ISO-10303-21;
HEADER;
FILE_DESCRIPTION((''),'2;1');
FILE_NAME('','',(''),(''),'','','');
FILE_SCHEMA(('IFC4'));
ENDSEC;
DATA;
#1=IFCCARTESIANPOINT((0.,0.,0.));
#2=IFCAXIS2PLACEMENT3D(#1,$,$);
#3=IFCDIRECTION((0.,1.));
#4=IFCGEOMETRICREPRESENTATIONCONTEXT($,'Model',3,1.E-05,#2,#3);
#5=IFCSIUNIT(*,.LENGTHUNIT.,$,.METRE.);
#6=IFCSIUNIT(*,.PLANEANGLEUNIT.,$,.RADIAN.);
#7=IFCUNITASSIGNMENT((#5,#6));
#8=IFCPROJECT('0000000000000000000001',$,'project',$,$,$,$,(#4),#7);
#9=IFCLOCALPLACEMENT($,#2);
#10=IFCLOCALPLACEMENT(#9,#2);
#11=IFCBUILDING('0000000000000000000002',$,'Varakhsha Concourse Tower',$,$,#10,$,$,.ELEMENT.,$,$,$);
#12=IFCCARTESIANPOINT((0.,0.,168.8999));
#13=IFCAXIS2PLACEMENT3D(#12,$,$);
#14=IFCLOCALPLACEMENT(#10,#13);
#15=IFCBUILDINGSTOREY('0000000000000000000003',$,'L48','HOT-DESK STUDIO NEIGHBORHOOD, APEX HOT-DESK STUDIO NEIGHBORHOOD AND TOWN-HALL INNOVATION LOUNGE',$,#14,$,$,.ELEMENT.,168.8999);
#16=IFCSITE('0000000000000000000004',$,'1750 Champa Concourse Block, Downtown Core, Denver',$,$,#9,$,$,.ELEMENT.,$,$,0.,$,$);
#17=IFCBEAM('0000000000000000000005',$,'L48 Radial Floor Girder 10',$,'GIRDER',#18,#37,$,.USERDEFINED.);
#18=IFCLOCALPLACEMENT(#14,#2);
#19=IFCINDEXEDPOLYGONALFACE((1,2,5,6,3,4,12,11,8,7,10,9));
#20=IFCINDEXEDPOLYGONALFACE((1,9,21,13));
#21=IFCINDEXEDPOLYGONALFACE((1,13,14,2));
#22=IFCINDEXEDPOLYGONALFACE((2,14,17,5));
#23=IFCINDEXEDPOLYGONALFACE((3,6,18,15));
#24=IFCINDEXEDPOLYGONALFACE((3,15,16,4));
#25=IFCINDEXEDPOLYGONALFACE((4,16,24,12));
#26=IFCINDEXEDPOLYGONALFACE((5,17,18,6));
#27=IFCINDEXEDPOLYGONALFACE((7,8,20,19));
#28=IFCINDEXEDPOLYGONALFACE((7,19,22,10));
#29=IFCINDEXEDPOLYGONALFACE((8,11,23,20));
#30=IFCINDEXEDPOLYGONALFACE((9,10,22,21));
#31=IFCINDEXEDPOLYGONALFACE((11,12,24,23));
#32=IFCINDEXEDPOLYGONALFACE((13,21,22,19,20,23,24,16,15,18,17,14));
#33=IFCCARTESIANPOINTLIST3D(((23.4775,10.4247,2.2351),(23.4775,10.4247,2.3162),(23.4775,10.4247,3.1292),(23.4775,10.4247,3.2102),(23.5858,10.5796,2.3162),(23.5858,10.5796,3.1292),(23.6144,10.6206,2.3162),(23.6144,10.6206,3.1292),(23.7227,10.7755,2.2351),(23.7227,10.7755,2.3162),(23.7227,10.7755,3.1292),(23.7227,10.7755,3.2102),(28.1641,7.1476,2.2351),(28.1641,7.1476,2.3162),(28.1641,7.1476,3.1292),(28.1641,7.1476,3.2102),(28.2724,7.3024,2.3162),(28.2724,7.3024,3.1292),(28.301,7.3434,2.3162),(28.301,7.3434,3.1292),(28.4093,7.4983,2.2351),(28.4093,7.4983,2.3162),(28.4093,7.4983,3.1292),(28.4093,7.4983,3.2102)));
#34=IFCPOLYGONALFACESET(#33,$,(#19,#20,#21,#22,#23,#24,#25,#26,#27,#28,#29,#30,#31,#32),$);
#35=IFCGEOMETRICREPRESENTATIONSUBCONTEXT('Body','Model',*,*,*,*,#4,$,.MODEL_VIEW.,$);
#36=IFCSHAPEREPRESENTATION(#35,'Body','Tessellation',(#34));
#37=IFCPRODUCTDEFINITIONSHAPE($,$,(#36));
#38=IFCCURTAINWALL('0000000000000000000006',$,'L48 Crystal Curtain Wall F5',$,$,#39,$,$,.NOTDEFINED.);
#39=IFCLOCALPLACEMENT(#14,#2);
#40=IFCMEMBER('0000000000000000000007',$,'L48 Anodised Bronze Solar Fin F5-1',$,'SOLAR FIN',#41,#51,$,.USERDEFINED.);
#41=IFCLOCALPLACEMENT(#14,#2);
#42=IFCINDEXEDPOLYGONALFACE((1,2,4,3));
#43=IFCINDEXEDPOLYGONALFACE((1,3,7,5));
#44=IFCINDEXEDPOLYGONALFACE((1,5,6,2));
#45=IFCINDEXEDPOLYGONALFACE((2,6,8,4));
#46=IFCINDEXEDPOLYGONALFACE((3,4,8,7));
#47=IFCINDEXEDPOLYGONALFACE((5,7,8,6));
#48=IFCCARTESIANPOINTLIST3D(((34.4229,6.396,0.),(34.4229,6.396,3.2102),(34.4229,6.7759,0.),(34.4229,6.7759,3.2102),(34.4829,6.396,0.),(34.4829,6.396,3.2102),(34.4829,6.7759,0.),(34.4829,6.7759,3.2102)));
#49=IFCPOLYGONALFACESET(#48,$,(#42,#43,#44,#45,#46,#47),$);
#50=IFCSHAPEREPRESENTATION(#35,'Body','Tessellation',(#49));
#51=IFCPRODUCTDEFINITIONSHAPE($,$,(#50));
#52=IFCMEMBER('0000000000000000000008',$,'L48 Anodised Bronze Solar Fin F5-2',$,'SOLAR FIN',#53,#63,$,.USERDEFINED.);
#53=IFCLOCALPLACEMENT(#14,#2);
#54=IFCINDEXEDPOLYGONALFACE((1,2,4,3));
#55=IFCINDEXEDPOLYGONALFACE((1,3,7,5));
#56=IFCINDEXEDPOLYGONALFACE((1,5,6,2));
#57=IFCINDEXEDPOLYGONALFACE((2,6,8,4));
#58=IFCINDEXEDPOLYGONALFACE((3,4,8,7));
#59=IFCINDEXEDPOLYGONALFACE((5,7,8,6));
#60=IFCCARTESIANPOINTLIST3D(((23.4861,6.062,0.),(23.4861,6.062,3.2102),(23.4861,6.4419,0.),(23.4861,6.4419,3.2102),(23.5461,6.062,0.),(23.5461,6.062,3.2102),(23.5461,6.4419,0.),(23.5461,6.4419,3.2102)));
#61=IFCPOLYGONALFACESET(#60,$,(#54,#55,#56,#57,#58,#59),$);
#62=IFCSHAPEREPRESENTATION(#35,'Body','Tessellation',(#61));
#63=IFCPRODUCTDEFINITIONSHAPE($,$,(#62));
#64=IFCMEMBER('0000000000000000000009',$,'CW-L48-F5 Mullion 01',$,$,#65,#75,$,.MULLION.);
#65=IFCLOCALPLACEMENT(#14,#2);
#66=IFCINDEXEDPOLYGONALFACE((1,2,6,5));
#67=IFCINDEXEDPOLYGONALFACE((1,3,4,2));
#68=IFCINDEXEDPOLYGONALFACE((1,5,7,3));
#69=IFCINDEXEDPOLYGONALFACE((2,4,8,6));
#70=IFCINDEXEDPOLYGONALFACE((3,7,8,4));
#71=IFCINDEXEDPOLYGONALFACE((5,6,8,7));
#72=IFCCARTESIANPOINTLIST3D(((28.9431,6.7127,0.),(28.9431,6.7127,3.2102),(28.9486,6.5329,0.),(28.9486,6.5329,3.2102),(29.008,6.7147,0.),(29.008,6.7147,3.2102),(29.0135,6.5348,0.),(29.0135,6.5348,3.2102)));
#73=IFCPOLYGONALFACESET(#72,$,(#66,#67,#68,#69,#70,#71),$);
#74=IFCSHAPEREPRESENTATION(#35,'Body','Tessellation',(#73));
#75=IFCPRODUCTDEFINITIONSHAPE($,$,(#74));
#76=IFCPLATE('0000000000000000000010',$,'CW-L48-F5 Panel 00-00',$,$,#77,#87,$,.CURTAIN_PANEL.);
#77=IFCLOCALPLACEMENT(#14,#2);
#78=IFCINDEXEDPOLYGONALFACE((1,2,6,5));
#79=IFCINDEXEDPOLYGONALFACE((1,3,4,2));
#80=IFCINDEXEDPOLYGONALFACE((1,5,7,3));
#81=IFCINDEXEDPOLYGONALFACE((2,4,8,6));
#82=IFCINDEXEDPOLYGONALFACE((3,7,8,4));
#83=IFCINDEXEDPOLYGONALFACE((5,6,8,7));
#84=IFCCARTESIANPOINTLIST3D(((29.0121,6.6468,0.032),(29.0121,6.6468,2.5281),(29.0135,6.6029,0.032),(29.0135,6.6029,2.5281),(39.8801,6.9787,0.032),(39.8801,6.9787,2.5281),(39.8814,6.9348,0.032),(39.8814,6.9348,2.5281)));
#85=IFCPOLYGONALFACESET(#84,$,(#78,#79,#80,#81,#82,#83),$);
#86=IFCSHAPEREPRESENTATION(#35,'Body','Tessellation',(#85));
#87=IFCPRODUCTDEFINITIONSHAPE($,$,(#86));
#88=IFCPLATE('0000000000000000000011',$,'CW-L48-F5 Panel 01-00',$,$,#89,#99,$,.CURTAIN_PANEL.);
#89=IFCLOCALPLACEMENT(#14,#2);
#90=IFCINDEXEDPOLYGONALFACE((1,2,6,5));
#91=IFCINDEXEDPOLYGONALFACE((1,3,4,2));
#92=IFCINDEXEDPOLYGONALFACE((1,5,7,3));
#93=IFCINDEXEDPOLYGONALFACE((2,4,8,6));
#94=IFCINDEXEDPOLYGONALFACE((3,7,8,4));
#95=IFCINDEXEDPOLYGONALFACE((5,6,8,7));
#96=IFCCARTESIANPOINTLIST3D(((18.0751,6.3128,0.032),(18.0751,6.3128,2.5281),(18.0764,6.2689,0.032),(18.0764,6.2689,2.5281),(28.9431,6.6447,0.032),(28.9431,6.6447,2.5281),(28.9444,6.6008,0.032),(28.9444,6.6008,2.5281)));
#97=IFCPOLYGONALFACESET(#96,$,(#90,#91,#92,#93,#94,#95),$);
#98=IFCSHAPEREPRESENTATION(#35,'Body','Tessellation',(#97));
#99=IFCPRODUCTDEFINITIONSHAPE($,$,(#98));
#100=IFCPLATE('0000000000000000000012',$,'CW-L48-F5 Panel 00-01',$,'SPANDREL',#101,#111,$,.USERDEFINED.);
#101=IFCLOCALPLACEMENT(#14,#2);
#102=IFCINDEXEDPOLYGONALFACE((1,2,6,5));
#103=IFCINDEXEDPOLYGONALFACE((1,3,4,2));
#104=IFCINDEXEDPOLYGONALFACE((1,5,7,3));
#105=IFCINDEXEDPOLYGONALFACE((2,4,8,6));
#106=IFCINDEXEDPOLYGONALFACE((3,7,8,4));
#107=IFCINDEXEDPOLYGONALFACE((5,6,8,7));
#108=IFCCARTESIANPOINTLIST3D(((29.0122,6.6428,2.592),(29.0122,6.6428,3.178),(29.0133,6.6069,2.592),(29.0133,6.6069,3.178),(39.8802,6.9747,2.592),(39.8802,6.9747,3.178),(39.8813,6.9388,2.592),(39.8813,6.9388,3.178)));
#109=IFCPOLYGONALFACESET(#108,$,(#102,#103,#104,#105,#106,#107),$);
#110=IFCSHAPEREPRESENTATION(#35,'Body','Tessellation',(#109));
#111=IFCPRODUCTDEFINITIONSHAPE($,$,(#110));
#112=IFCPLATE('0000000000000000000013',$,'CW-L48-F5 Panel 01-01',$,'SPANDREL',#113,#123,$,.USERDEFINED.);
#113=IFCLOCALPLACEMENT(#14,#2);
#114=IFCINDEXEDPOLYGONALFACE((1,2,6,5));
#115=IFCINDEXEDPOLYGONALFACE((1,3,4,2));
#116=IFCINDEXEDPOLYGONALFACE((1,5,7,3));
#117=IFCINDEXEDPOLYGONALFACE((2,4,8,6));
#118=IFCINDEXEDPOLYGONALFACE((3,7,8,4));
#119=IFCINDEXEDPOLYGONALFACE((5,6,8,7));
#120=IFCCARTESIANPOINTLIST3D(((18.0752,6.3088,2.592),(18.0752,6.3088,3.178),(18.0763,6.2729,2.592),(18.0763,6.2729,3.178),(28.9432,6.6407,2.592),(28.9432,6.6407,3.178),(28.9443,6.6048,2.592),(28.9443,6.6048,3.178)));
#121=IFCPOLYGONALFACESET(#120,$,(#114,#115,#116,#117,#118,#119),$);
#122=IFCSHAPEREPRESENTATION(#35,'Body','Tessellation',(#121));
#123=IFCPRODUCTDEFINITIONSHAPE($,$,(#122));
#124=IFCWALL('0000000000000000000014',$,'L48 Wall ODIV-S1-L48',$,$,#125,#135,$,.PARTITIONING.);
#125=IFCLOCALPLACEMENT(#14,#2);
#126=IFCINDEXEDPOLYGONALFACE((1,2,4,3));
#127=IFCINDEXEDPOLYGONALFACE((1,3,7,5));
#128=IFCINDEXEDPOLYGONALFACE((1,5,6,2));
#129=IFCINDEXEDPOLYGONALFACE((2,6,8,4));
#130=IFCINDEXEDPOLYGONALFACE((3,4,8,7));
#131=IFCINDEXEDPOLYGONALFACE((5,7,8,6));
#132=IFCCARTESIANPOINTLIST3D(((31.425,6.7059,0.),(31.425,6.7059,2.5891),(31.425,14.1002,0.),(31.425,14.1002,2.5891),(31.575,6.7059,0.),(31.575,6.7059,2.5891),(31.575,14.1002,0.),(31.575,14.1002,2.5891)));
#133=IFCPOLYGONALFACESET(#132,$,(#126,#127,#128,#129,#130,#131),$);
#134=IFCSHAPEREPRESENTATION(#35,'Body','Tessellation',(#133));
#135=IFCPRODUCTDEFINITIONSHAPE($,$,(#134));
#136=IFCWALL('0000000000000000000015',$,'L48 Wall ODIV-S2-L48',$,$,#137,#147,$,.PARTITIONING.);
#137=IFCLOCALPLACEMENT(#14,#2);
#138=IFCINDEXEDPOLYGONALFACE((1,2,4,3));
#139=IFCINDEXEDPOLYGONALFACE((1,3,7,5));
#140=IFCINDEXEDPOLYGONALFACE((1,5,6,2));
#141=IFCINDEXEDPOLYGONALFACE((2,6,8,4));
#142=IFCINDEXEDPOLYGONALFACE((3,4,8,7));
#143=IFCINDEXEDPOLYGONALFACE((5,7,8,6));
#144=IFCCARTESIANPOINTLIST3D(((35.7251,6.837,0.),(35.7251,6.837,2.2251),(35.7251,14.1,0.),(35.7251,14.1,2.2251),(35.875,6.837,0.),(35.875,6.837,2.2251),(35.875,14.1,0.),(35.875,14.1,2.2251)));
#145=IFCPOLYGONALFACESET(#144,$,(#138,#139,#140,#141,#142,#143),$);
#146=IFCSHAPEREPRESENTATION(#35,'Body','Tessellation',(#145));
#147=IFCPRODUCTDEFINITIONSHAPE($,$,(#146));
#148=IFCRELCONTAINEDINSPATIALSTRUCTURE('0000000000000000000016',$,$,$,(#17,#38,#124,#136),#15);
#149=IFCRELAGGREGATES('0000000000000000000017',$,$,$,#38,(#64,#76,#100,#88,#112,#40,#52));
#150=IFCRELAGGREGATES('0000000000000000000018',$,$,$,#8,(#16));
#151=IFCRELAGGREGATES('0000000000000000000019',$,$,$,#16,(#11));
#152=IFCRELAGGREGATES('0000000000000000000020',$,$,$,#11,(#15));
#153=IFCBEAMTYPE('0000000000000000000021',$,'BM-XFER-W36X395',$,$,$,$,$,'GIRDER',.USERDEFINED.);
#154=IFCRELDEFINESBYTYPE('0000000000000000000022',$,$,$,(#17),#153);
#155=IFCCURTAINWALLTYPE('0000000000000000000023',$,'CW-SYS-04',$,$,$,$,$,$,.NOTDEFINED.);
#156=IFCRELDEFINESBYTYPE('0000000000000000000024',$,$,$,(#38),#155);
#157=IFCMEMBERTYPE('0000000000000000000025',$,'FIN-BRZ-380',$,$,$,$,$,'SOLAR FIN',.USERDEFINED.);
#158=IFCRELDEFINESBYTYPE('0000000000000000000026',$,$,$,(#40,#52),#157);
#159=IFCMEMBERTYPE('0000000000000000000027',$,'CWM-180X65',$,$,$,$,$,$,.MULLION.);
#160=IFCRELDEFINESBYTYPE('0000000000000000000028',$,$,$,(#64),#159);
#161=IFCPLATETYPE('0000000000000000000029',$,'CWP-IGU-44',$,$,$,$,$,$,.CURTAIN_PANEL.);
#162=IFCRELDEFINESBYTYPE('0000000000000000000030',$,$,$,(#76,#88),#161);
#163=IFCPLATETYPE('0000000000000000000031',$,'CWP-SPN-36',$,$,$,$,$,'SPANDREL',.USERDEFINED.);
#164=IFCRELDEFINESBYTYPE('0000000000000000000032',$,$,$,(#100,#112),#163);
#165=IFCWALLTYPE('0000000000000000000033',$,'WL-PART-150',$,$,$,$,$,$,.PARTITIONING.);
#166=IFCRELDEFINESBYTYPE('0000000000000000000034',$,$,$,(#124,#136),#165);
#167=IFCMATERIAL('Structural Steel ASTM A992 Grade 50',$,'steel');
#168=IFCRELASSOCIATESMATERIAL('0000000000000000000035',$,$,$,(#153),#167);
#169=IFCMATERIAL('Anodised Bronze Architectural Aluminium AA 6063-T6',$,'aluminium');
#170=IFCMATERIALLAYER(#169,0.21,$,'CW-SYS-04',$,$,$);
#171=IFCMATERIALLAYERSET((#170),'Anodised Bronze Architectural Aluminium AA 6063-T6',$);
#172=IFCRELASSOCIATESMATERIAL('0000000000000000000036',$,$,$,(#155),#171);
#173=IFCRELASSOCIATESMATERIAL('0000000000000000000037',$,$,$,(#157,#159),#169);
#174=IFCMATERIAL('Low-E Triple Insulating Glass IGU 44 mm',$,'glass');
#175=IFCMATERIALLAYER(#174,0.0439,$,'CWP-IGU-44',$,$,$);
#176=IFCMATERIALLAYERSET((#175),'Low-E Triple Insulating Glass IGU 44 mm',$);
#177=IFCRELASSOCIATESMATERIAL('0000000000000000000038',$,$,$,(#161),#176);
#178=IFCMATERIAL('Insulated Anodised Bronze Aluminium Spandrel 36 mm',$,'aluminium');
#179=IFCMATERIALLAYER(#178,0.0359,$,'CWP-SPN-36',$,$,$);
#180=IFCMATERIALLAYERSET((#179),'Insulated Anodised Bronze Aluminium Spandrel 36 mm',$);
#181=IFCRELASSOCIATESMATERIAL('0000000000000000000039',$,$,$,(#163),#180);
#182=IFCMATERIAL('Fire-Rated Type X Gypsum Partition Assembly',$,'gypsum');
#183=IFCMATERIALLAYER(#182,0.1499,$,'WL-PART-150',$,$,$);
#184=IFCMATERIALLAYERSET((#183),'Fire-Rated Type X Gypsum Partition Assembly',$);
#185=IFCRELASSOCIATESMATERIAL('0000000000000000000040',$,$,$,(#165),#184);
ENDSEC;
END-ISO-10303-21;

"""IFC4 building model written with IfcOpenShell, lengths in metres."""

from ifc_helpers import new_model, si_unit, direction, frame, frame_2d, origin, origin_2d, place, context, subcontext, project, spatial, rectangle, i_section, extrude, source, transform, mapped, material, layer, layer_set, material_profile, profile_set, type_object, type_shapes, element, aggregate, save


model = new_model("IFC4")

# Units and contexts
model_context = context("Model", 3, precision=1e-05, world=origin(), true_north=direction((0.0, 1.0)))
body_context = subcontext(model_context, "Body", "Model", "MODEL_VIEW")
ifc_project = project(units=[si_unit("LENGTHUNIT", "METRE"), si_unit("PLANEANGLEUNIT", "RADIAN")], contexts=[model_context])

# Site, building, storey
site_placement = place(None, origin())
site = spatial("IfcSite", under=ifc_project, at=site_placement, Name="1750 Champa Concourse Block, Downtown Core, Denver", CompositionType="ELEMENT", RefElevation=0.0)
building_placement = place(site_placement, origin())
building = spatial("IfcBuilding", under=site, at=building_placement, Name="Varakhsha Concourse Tower", CompositionType="ELEMENT")
storey_placement = place(building_placement, frame((0.0, 0.0, 168.8999)))
storey = spatial("IfcBuildingStorey", under=building, at=storey_placement, Name="L48", Description="HOT-DESK STUDIO NEIGHBORHOOD, APEX HOT-DESK STUDIO NEIGHBORHOOD AND TOWN-HALL INNOVATION LOUNGE", CompositionType="ELEMENT", Elevation=168.8999)

# Shared definitions
ifc_material_1 = material(Name="Structural Steel ASTM A992 Grade 50", Category="steel")

# Beam
ifc_material_profile_1 = material_profile(ifc_material_1, i_section(OverallWidth=0.428, OverallDepth=0.9751, WebThickness=0.05, FlangeThickness=0.0811, at=origin_2d()), Name="W36X395")
ifc_profile_set_1 = profile_set([ifc_material_profile_1], Name="Structural Steel ASTM A992 Grade 50")
beam_type_1 = type_object("IfcBeamType", Name="BM-XFER-W36X395", ElementType="GIRDER", PredefinedType="USERDEFINED", material=ifc_profile_set_1)
beam_1_placement = place(storey_placement, frame((23.6001, 10.6001, 2.7227), z_axis=(0.819517, -0.573055, 0.0), x_axis=(0.573055, 0.819517, 0.0)))
element("IfcBeam", 1, at=beam_1_placement, inside=storey, type_object=beam_type_1, Name="L48 Radial Floor Girder 10", ObjectType="GIRDER", PredefinedType="USERDEFINED", context=body_context, shape_type="SweptSolid", body=[
    extrude(i_section(OverallWidth=0.428, OverallDepth=0.9751, WebThickness=0.05, FlangeThickness=0.0811, at=origin_2d()), origin(), (0.0, 0.0, 1.0), 5.7188),
])

# Curtain wall, members, plates
ifc_material_2 = material(Name="Anodised Bronze Architectural Aluminium AA 6063-T6", Category="aluminium")
ifc_layer_1 = layer(ifc_material_2, 0.21, Name="CW-SYS-04")
ifc_layer_set_1 = layer_set([ifc_layer_1], Name="Anodised Bronze Architectural Aluminium AA 6063-T6")
curtain_wall_type = type_object("IfcCurtainWallType", Name="CW-SYS-04", PredefinedType="NOTDEFINED", material=ifc_layer_set_1)
curtain_wall_placement = place(storey_placement, origin())
curtain_wall = element("IfcCurtainWall", 2, at=curtain_wall_placement, inside=storey, type_object=curtain_wall_type, Name="L48 Crystal Curtain Wall F5", PredefinedType="NOTDEFINED")
ifc_material_profile_2 = material_profile(ifc_material_2, rectangle(XDim=0.0601, YDim=0.3799, at=origin_2d()), Name="FIN-BRZ-380")
ifc_profile_set_2 = profile_set([ifc_material_profile_2], Name="Anodised Bronze Architectural Aluminium AA 6063-T6")
member_type_1 = type_object("IfcMemberType", Name="FIN-BRZ-380", ElementType="SOLAR FIN", PredefinedType="USERDEFINED", material=ifc_profile_set_2)
shared_shape_1 = source(origin(), body_context, "Body", "SweptSolid", [
    extrude(rectangle(XDim=0.0601, YDim=0.3799, at=origin_2d()), origin(), (0.0, 0.0, 1.0), 3.2102),
])
type_shapes(member_type_1, [shared_shape_1])
member_1_placement = place(storey_placement, frame((34.4529, 6.5859, 0.0), z_axis=(0.0, 0.0, 1.0), x_axis=(1.0, 0.0, 0.0)))
member_1 = element("IfcMember", 3, at=member_1_placement, type_object=member_type_1, Name="L48 Anodised Bronze Solar Fin F5-1", ObjectType="SOLAR FIN", PredefinedType="USERDEFINED", context=body_context, shape_type="MappedRepresentation", body=[
    mapped(shared_shape_1, transform((0.0, 0.0, 0.0), scale=1.0)),
])
member_2_placement = place(storey_placement, frame((23.5161, 6.252, 0.0), z_axis=(0.0, 0.0, 1.0), x_axis=(1.0, 0.0, 0.0)))
member_2 = element("IfcMember", 4, at=member_2_placement, type_object=member_type_1, Name="L48 Anodised Bronze Solar Fin F5-2", ObjectType="SOLAR FIN", PredefinedType="USERDEFINED", context=body_context, shape_type="MappedRepresentation", body=[
    mapped(shared_shape_1, transform((0.0, 0.0, 0.0), scale=1.0)),
])
ifc_material_profile_3 = material_profile(ifc_material_2, rectangle(XDim=0.0649, YDim=0.1799, at=origin_2d()), Name="CWM-180X65")
ifc_profile_set_3 = profile_set([ifc_material_profile_3], Name="Anodised Bronze Architectural Aluminium AA 6063-T6")
member_type_2 = type_object("IfcMemberType", Name="CWM-180X65", PredefinedType="MULLION", material=ifc_profile_set_3)
shared_shape_2 = source(origin(), body_context, "Body", "SweptSolid", [
    extrude(rectangle(XDim=0.0649, YDim=0.1799, at=origin_2d()), origin(), (0.0, 0.0, 1.0), 3.2102),
])
type_shapes(member_type_2, [shared_shape_2])
member_3_placement = place(storey_placement, frame((28.9783, 6.6238, 0.0), z_axis=(0.0, 0.0, 1.0), x_axis=(-0.999534, -0.030525, 0.0)))
member_3 = element("IfcMember", 5, at=member_3_placement, type_object=member_type_2, Name="CW-L48-F5 Mullion 01", PredefinedType="MULLION", context=body_context, shape_type="MappedRepresentation", body=[
    mapped(shared_shape_2, transform((0.0, 0.0, 0.0), scale=1.0)),
])
ifc_material_3 = material(Name="Low-E Triple Insulating Glass IGU 44 mm", Category="glass")
ifc_layer_2 = layer(ifc_material_3, 0.0439, Name="CWP-IGU-44")
ifc_layer_set_2 = layer_set([ifc_layer_2], Name="Low-E Triple Insulating Glass IGU 44 mm")
plate_type_1 = type_object("IfcPlateType", Name="CWP-IGU-44", PredefinedType="CURTAIN_PANEL", material=ifc_layer_set_2)
shared_shape_3 = source(origin(), body_context, "Body", "SweptSolid", [
    extrude(rectangle(XDim=10.873, YDim=0.0439, at=origin_2d()), origin(), (0.0, 0.0, 1.0), 2.4961),
])
type_shapes(plate_type_1, [shared_shape_3])
plate_1_placement = place(storey_placement, frame((34.4468, 6.7908, 0.032), z_axis=(0.0, 0.0, 1.0), x_axis=(-0.999534, -0.030525, 0.0)))
plate_1 = element("IfcPlate", 6, at=plate_1_placement, type_object=plate_type_1, Name="CW-L48-F5 Panel 00-00", PredefinedType="CURTAIN_PANEL", context=body_context, shape_type="MappedRepresentation", body=[
    mapped(shared_shape_3, transform((0.0, 0.0, 0.0), scale=1.0)),
])
plate_2_placement = place(storey_placement, frame((23.5098, 6.4568, 0.032), z_axis=(0.0, 0.0, 1.0), x_axis=(-0.999534, -0.030525, 0.0)))
plate_2 = element("IfcPlate", 7, at=plate_2_placement, type_object=plate_type_1, Name="CW-L48-F5 Panel 01-00", PredefinedType="CURTAIN_PANEL", context=body_context, shape_type="MappedRepresentation", body=[
    mapped(shared_shape_3, transform((0.0, 0.0, 0.0), scale=1.0)),
])
ifc_material_4 = material(Name="Insulated Anodised Bronze Aluminium Spandrel 36 mm", Category="aluminium")
ifc_layer_3 = layer(ifc_material_4, 0.0359, Name="CWP-SPN-36")
ifc_layer_set_3 = layer_set([ifc_layer_3], Name="Insulated Anodised Bronze Aluminium Spandrel 36 mm")
plate_type_2 = type_object("IfcPlateType", Name="CWP-SPN-36", ElementType="SPANDREL", PredefinedType="USERDEFINED", material=ifc_layer_set_3)
shared_shape_4 = source(origin(), body_context, "Body", "SweptSolid", [
    extrude(rectangle(XDim=10.873, YDim=0.0359, at=origin_2d()), origin(), (0.0, 0.0, 1.0), 0.5859),
])
type_shapes(plate_type_2, [shared_shape_4])
plate_3_placement = place(storey_placement, frame((34.4468, 6.7908, 2.592), z_axis=(0.0, 0.0, 1.0), x_axis=(-0.999534, -0.030525, 0.0)))
plate_3 = element("IfcPlate", 8, at=plate_3_placement, type_object=plate_type_2, Name="CW-L48-F5 Panel 00-01", ObjectType="SPANDREL", PredefinedType="USERDEFINED", context=body_context, shape_type="MappedRepresentation", body=[
    mapped(shared_shape_4, transform((0.0, 0.0, 0.0), scale=1.0)),
])
plate_4_placement = place(storey_placement, frame((23.5098, 6.4568, 2.592), z_axis=(0.0, 0.0, 1.0), x_axis=(-0.999534, -0.030525, 0.0)))
plate_4 = element("IfcPlate", 9, at=plate_4_placement, type_object=plate_type_2, Name="CW-L48-F5 Panel 01-01", ObjectType="SPANDREL", PredefinedType="USERDEFINED", context=body_context, shape_type="MappedRepresentation", body=[
    mapped(shared_shape_4, transform((0.0, 0.0, 0.0), scale=1.0)),
])
aggregate(curtain_wall, [member_3, plate_1, plate_3, plate_2, plate_4, member_1, member_2])

# Walls
ifc_material_5 = material(Name="Fire-Rated Type X Gypsum Partition Assembly", Category="gypsum")
ifc_layer_4 = layer(ifc_material_5, 0.1499, Name="WL-PART-150")
ifc_layer_set_4 = layer_set([ifc_layer_4], Name="Fire-Rated Type X Gypsum Partition Assembly")
wall_type = type_object("IfcWallType", Name="WL-PART-150", PredefinedType="PARTITIONING", material=ifc_layer_set_4)
wall_1_placement = place(storey_placement, frame((31.5, 6.7058, 0.0), z_axis=(0.0, 0.0, 1.0), x_axis=(0.0, 1.0, 0.0)))
element("IfcWall", 10, at=wall_1_placement, inside=storey, type_object=wall_type, Name="L48 Wall ODIV-S1-L48", PredefinedType="PARTITIONING", context=body_context, shape_type="SweptSolid", body=[
    extrude(rectangle(XDim=7.3943, YDim=0.1499, at=frame_2d((3.6973, 0.0))), origin(), (0.0, 0.0, 1.0), 2.5891),
])
wall_2_placement = place(storey_placement, frame((35.8, 6.8372, 0.0), z_axis=(0.0, 0.0, 1.0), x_axis=(0.0, 1.0, 0.0)))
element("IfcWall", 11, at=wall_2_placement, inside=storey, type_object=wall_type, Name="L48 Wall ODIV-S2-L48", PredefinedType="PARTITIONING", context=body_context, shape_type="SweptSolid", body=[
    extrude(rectangle(XDim=7.2629, YDim=0.1499, at=frame_2d((3.6313, 0.0))), origin(), (0.0, 0.0, 1.0), 2.2251),
])

save(model, "model.ifc")
